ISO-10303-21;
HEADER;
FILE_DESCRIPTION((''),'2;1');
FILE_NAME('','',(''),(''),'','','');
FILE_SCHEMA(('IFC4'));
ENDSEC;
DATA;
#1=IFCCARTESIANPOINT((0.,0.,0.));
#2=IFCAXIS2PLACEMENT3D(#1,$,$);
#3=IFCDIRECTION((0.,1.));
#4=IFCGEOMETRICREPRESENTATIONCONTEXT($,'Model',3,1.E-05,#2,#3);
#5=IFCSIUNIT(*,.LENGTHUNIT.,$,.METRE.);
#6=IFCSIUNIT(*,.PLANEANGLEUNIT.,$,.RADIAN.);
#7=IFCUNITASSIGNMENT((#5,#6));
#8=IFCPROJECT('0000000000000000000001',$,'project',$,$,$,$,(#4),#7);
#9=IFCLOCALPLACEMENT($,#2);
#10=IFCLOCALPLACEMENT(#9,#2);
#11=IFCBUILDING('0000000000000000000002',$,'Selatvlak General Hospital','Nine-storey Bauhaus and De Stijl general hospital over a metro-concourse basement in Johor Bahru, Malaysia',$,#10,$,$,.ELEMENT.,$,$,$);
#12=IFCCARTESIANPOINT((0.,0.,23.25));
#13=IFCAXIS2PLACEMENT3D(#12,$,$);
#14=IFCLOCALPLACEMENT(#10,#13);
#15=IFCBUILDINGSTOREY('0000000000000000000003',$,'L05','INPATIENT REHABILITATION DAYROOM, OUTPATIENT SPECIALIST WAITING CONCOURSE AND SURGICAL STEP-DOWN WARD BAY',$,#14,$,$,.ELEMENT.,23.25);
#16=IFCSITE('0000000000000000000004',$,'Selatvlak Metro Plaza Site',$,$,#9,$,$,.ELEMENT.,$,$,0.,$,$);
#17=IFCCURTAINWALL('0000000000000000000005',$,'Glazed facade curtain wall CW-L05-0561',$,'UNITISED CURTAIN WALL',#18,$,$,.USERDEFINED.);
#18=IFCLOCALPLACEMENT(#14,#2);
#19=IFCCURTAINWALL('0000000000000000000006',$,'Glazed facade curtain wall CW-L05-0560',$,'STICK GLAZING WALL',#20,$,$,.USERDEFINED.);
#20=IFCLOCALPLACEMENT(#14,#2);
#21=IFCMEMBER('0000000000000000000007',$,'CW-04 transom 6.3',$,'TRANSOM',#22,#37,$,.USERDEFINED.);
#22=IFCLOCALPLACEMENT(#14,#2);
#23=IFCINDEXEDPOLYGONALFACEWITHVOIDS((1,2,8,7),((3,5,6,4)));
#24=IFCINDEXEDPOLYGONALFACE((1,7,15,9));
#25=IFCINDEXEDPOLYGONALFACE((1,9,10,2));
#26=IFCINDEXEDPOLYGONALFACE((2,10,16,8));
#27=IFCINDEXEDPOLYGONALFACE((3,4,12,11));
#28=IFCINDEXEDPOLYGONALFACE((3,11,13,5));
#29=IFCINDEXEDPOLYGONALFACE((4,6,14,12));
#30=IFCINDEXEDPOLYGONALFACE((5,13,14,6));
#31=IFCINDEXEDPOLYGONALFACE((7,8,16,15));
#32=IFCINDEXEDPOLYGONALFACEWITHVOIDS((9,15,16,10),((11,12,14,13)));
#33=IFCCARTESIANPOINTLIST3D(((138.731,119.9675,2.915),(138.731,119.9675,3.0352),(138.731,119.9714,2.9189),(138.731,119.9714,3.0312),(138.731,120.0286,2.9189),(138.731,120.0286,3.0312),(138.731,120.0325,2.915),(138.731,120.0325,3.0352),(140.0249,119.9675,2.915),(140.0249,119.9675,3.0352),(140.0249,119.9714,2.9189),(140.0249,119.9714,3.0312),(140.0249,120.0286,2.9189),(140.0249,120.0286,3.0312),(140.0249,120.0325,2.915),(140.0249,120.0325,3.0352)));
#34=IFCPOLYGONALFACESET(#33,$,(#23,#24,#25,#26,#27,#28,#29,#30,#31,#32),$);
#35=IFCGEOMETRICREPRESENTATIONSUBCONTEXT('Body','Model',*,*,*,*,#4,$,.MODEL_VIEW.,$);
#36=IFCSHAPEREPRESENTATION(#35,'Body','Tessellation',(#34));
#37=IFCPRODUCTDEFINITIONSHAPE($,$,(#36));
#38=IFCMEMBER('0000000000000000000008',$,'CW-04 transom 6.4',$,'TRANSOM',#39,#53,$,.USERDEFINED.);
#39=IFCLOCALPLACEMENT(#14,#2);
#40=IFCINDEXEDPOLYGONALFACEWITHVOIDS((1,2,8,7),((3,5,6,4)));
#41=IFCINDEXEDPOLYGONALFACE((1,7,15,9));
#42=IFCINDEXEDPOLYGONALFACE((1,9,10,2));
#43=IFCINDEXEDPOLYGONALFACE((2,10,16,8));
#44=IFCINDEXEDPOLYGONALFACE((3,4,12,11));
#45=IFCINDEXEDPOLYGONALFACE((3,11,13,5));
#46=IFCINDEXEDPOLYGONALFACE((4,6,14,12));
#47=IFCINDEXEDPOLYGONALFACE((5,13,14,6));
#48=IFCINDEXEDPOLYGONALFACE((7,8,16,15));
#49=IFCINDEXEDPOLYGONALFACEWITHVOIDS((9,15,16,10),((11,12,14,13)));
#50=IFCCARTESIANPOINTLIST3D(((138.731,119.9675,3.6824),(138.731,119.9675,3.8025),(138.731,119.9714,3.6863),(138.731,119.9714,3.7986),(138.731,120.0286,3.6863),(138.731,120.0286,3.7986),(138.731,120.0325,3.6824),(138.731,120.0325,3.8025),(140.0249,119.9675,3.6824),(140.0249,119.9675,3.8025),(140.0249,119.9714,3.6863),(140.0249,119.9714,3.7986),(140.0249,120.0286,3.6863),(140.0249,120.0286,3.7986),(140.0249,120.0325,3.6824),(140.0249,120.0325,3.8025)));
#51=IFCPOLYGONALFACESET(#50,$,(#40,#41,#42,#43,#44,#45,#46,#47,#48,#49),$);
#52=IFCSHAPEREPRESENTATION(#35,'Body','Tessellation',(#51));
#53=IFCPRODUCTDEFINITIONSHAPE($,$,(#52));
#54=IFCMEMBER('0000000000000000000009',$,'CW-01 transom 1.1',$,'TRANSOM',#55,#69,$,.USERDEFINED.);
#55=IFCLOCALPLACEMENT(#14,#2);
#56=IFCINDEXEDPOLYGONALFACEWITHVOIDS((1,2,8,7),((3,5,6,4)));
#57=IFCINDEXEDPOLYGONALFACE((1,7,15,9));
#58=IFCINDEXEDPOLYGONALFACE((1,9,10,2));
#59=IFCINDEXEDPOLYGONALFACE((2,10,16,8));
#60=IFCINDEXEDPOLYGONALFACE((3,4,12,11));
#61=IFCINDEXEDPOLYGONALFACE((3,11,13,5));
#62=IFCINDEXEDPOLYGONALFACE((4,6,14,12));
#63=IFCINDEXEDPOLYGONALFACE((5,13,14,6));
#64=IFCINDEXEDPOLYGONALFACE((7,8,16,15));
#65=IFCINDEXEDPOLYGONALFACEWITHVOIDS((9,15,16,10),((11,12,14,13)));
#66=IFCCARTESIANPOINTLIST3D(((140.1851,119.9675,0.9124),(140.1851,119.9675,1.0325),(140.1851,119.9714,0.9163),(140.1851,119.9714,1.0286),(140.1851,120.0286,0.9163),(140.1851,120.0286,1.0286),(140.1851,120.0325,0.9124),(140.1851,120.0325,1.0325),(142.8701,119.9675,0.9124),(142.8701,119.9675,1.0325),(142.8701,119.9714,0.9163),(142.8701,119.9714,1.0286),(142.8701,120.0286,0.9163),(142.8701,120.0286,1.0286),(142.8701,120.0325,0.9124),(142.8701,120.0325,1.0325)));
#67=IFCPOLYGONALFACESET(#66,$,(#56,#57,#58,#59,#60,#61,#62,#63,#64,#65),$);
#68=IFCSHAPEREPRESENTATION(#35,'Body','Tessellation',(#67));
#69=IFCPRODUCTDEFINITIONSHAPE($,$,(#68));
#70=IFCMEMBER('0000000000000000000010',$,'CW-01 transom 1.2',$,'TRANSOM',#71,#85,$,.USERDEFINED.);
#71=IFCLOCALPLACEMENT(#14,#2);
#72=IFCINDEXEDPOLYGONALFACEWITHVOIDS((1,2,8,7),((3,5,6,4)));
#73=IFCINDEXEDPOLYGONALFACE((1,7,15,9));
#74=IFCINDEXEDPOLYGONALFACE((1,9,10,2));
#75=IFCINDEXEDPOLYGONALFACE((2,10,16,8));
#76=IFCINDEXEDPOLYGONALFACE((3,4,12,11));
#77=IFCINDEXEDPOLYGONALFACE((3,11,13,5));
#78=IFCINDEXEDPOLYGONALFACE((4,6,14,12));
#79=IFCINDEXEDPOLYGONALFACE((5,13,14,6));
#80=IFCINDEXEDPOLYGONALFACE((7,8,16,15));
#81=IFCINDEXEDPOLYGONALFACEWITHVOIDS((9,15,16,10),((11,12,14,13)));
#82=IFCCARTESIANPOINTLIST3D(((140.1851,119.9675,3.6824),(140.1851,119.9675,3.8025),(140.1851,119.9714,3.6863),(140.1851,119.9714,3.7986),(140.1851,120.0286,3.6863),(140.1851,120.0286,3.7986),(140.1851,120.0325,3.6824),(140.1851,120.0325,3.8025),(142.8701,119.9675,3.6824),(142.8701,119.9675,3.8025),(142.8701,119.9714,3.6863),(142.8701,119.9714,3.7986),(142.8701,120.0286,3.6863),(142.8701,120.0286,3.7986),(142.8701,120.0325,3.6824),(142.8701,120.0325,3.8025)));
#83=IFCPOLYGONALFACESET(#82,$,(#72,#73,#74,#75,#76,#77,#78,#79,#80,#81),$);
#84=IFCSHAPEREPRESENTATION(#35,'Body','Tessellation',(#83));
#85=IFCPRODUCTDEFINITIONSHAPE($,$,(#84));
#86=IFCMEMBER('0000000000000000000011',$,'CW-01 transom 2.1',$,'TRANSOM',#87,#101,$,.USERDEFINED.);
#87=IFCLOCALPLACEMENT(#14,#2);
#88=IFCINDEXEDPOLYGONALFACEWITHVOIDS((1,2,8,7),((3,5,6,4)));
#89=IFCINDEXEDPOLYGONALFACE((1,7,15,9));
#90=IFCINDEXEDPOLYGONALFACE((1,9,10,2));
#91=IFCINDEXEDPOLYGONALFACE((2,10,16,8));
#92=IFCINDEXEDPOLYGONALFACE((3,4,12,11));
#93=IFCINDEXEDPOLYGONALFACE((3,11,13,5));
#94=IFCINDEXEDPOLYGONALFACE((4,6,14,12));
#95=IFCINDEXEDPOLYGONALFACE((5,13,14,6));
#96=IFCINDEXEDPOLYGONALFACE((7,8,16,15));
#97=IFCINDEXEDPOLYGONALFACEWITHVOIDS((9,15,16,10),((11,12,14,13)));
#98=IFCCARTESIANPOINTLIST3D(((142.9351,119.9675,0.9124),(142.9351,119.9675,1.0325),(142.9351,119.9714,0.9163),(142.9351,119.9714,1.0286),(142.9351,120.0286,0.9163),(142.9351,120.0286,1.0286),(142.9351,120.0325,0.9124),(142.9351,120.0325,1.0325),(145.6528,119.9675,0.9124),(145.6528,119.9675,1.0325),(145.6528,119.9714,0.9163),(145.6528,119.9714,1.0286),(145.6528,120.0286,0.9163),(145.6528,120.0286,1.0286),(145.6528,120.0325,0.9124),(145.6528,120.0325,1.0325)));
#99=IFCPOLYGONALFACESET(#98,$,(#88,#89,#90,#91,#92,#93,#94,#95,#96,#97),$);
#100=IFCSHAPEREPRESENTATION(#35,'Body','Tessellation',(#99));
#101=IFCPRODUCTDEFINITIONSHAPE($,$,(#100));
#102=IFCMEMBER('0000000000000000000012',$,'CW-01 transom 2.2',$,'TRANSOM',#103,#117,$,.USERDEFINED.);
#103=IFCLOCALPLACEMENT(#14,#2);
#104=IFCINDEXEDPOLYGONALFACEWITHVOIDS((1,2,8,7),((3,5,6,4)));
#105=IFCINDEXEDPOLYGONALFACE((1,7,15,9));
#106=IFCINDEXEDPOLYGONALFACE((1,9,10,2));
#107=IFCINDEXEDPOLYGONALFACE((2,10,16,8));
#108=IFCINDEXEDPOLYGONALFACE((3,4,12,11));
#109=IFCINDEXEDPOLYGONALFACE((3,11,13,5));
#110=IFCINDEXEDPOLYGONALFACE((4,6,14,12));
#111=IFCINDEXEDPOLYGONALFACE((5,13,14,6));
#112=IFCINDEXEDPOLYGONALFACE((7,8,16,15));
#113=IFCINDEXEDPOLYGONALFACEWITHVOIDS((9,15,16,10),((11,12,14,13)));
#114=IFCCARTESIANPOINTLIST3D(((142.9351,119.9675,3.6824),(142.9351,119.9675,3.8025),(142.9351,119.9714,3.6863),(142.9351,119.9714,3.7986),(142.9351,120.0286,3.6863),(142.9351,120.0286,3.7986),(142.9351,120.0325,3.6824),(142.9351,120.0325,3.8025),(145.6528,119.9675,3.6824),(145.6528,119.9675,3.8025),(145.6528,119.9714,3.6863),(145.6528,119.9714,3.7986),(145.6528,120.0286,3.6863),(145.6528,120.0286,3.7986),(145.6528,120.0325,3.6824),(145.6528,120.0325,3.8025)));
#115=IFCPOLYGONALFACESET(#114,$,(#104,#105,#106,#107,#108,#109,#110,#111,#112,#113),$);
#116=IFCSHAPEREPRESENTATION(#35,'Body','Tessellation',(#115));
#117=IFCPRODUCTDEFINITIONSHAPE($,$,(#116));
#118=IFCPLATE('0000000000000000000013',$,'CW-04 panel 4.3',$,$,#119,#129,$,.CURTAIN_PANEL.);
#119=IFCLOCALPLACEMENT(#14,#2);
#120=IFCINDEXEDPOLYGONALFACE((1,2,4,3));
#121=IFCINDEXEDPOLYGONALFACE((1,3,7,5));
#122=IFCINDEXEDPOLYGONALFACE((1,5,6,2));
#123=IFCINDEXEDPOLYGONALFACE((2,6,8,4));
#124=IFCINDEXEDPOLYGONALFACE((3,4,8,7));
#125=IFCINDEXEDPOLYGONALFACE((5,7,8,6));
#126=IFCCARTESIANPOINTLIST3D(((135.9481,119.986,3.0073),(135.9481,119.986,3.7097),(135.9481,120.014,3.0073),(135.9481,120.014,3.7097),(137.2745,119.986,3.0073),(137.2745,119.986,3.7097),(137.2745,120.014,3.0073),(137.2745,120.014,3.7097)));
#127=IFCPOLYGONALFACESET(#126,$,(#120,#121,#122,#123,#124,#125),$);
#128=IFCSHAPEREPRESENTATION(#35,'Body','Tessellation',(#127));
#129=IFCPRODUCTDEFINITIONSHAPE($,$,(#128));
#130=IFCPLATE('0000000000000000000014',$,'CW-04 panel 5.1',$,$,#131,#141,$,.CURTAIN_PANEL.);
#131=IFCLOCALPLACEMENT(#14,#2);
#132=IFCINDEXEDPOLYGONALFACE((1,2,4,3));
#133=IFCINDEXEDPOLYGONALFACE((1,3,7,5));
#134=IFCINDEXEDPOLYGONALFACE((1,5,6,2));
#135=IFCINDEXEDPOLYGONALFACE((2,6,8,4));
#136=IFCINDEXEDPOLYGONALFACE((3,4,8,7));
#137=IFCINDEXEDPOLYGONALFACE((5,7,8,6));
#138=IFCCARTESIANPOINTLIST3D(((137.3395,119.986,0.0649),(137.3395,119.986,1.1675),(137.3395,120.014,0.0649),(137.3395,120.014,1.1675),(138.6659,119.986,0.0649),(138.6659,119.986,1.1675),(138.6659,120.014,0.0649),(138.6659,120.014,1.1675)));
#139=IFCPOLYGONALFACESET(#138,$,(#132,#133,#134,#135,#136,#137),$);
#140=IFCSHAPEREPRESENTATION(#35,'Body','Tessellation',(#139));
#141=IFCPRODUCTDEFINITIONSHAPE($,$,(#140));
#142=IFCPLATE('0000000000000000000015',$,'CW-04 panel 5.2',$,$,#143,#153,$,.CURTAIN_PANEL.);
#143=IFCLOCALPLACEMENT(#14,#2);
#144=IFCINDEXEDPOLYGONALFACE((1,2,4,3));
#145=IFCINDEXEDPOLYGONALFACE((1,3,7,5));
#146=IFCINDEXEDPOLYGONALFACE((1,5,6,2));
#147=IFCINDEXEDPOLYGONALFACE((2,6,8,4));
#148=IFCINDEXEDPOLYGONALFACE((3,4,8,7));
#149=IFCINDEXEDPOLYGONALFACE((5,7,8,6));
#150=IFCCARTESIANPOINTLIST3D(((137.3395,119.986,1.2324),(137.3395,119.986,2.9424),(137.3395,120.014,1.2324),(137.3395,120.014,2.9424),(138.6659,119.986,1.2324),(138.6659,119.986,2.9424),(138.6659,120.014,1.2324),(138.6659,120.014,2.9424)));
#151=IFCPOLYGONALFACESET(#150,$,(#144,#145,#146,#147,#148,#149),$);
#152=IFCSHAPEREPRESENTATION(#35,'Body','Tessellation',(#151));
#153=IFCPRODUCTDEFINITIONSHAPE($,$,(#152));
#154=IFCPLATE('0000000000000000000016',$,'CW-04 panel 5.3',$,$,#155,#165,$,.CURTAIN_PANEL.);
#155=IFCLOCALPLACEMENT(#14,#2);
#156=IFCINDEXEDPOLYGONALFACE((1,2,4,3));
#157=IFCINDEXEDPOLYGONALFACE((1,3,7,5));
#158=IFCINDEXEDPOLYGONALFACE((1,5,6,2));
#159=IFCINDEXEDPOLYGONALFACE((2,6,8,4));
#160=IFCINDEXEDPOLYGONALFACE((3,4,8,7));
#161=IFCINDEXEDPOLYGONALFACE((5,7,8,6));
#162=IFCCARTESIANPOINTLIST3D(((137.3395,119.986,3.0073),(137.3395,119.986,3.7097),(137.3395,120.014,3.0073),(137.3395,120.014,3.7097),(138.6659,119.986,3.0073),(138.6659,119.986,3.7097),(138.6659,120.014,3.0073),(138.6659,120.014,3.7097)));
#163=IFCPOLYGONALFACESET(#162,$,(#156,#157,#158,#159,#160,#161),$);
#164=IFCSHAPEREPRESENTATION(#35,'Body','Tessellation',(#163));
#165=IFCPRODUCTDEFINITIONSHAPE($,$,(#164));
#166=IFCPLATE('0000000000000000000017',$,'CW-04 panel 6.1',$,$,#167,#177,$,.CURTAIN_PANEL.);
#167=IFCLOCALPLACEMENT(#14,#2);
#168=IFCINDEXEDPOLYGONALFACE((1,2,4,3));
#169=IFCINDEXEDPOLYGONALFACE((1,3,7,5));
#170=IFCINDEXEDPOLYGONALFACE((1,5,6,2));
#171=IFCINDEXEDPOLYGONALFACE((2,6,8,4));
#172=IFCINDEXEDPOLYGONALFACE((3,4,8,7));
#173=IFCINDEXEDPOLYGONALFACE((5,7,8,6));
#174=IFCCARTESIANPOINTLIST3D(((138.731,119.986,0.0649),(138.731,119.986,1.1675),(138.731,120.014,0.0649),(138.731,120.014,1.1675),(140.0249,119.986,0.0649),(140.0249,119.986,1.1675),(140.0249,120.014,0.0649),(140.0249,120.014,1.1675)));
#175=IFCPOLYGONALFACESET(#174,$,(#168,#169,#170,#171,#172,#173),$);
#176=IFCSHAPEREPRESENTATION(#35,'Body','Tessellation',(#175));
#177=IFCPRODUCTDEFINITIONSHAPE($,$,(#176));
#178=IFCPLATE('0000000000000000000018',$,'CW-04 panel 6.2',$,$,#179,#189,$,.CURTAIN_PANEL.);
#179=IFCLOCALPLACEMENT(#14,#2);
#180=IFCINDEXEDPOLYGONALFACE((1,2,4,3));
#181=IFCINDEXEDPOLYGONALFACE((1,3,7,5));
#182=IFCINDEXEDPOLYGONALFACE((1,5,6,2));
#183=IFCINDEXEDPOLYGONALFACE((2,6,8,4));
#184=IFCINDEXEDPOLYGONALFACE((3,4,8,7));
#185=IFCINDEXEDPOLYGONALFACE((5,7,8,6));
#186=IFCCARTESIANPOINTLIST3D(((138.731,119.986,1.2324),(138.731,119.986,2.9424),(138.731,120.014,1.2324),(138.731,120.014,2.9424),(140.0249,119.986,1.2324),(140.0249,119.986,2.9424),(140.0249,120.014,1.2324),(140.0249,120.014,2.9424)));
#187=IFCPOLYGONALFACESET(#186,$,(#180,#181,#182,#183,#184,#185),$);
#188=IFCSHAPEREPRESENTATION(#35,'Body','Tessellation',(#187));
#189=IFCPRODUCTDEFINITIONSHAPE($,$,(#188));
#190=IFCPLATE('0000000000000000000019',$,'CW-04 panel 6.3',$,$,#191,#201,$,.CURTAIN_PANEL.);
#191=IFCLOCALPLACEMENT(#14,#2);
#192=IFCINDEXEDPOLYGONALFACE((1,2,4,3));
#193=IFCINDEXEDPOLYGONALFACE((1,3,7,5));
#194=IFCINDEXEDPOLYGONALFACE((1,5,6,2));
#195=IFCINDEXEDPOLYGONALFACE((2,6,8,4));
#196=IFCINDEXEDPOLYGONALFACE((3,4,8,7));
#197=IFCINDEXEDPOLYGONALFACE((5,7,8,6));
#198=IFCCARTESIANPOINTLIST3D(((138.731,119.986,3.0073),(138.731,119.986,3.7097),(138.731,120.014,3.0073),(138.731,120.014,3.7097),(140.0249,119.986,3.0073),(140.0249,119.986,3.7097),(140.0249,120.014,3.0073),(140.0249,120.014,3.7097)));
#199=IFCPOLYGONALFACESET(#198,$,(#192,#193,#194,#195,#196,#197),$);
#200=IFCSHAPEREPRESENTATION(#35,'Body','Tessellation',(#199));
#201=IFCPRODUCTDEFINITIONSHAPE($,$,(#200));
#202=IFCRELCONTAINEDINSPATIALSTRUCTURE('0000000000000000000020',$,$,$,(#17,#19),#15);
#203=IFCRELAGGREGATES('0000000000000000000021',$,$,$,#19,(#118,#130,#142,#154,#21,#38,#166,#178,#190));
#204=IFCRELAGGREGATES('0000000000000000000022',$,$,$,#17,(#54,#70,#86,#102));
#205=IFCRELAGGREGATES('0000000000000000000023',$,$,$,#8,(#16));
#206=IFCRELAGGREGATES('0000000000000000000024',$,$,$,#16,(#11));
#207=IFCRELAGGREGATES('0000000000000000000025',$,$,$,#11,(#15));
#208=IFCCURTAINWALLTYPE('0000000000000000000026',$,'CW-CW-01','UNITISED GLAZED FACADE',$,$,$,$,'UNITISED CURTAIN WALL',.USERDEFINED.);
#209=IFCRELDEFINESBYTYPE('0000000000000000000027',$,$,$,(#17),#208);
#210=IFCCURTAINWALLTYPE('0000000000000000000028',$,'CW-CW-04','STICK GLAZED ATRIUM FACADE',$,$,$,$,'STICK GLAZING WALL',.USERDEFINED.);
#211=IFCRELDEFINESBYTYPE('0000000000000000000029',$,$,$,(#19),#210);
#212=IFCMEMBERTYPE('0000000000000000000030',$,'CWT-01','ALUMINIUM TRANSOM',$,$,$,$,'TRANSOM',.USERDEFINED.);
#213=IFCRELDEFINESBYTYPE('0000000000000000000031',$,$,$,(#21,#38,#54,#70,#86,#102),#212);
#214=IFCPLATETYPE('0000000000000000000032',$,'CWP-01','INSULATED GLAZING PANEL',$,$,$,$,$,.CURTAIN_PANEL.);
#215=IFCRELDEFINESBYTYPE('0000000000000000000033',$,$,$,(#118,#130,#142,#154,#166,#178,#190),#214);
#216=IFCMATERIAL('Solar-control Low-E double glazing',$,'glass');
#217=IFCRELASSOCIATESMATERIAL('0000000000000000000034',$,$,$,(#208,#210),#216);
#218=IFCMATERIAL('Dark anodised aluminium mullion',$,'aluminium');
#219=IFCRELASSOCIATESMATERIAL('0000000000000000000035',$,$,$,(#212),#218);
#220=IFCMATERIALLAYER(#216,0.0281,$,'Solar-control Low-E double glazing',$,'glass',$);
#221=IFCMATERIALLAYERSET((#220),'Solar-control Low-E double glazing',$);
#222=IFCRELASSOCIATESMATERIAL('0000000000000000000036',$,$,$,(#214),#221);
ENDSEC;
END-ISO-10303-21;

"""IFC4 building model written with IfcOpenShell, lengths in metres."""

from ifc_helpers import new_model, si_unit, direction, frame, origin, origin_2d, place, context, subcontext, project, spatial, rectangle, hollow_rectangle, extrude, material, layer, layer_set, material_profile, profile_set, type_object, element, aggregate, save


model = new_model("IFC4")

# Units and contexts
model_context = context("Model", 3, precision=1e-05, world=origin(), true_north=direction((0.0, 1.0)))
body_context = subcontext(model_context, "Body", "Model", "MODEL_VIEW")
ifc_project = project(units=[si_unit("LENGTHUNIT", "METRE"), si_unit("PLANEANGLEUNIT", "RADIAN")], contexts=[model_context])

# Site, building, storey
site_placement = place(None, origin())
site = spatial("IfcSite", under=ifc_project, at=site_placement, Name="Selatvlak Metro Plaza Site", CompositionType="ELEMENT", RefElevation=0.0)
building_placement = place(site_placement, origin())
building = spatial("IfcBuilding", under=site, at=building_placement, Name="Selatvlak General Hospital", Description="Nine-storey Bauhaus and De Stijl general hospital over a metro-concourse basement in Johor Bahru, Malaysia", CompositionType="ELEMENT")
storey_placement = place(building_placement, frame((0.0, 0.0, 23.25)))
storey = spatial("IfcBuildingStorey", under=building, at=storey_placement, Name="L05", Description="INPATIENT REHABILITATION DAYROOM, OUTPATIENT SPECIALIST WAITING CONCOURSE AND SURGICAL STEP-DOWN WARD BAY", CompositionType="ELEMENT", Elevation=23.25)

# Curtain walls, members
ifc_material_1 = material(Name="Solar-control Low-E double glazing", Category="glass")
curtain_wall_type_1 = type_object("IfcCurtainWallType", Name="CW-CW-01", Description="UNITISED GLAZED FACADE", ElementType="UNITISED CURTAIN WALL", PredefinedType="USERDEFINED", material=ifc_material_1)
curtain_wall_1_placement = place(storey_placement, origin())
curtain_wall_1 = element("IfcCurtainWall", 1, at=curtain_wall_1_placement, inside=storey, type_object=curtain_wall_type_1, Name="Glazed facade curtain wall CW-L05-0561", ObjectType="UNITISED CURTAIN WALL", PredefinedType="USERDEFINED")
ifc_material_2 = material(Name="Dark anodised aluminium mullion", Category="aluminium")
curtain_wall_type_2 = type_object("IfcCurtainWallType", Name="CW-CW-04", Description="STICK GLAZED ATRIUM FACADE", ElementType="STICK GLAZING WALL", PredefinedType="USERDEFINED", material=ifc_material_1)
curtain_wall_2_placement = place(storey_placement, origin())
curtain_wall_2 = element("IfcCurtainWall", 2, at=curtain_wall_2_placement, inside=storey, type_object=curtain_wall_type_2, Name="Glazed facade curtain wall CW-L05-0560", ObjectType="STICK GLAZING WALL", PredefinedType="USERDEFINED")
ifc_material_profile_1 = material_profile(ifc_material_2, hollow_rectangle(XDim=0.0649, YDim=0.1201, WallThickness=0.0039, at=origin_2d()), Name="AL-TRN 65x120x4")
ifc_profile_set_1 = profile_set([ifc_material_profile_1], Name="Dark anodised aluminium mullion")
member_type_1 = type_object("IfcMemberType", Name="CWT-01", Description="ALUMINIUM TRANSOM", ElementType="TRANSOM", PredefinedType="USERDEFINED", material=ifc_profile_set_1)
member_1_placement = place(storey_placement, frame((138.731, 120.0, 2.9751), z_axis=(1.0, 0.0, 0.0), x_axis=(0.0, 1.0, 0.0)))
member_1 = element("IfcMember", 3, at=member_1_placement, type_object=member_type_1, Name="CW-04 transom 6.3", ObjectType="TRANSOM", PredefinedType="USERDEFINED", context=body_context, shape_type="SweptSolid", body=[
    extrude(hollow_rectangle(XDim=0.0649, YDim=0.1201, WallThickness=0.0039, at=origin_2d()), origin(), (0.0, 0.0, 1.0), 1.2939),
])
member_2_placement = place(storey_placement, frame((138.731, 120.0, 3.7424), z_axis=(1.0, 0.0, 0.0), x_axis=(0.0, 1.0, 0.0)))
member_2 = element("IfcMember", 4, at=member_2_placement, type_object=member_type_1, Name="CW-04 transom 6.4", ObjectType="TRANSOM", PredefinedType="USERDEFINED", context=body_context, shape_type="SweptSolid", body=[
    extrude(hollow_rectangle(XDim=0.0649, YDim=0.1201, WallThickness=0.0039, at=origin_2d()), origin(), (0.0, 0.0, 1.0), 1.2939),
])

# Members
member_3_placement = place(storey_placement, frame((140.1851, 120.0, 0.9724), z_axis=(1.0, 0.0, 0.0), x_axis=(0.0, 1.0, 0.0)))
member_3 = element("IfcMember", 5, at=member_3_placement, type_object=member_type_1, Name="CW-01 transom 1.1", ObjectType="TRANSOM", PredefinedType="USERDEFINED", context=body_context, shape_type="SweptSolid", body=[
    extrude(hollow_rectangle(XDim=0.0649, YDim=0.1201, WallThickness=0.0039, at=origin_2d()), origin(), (0.0, 0.0, 1.0), 2.6851),
])
member_4_placement = place(storey_placement, frame((140.1851, 120.0, 3.7424), z_axis=(1.0, 0.0, 0.0), x_axis=(0.0, 1.0, 0.0)))
member_4 = element("IfcMember", 6, at=member_4_placement, type_object=member_type_1, Name="CW-01 transom 1.2", ObjectType="TRANSOM", PredefinedType="USERDEFINED", context=body_context, shape_type="SweptSolid", body=[
    extrude(hollow_rectangle(XDim=0.0649, YDim=0.1201, WallThickness=0.0039, at=origin_2d()), origin(), (0.0, 0.0, 1.0), 2.6851),
])
member_5_placement = place(storey_placement, frame((142.9351, 120.0, 0.9724), z_axis=(1.0, 0.0, 0.0), x_axis=(0.0, 1.0, 0.0)))
member_5 = element("IfcMember", 7, at=member_5_placement, type_object=member_type_1, Name="CW-01 transom 2.1", ObjectType="TRANSOM", PredefinedType="USERDEFINED", context=body_context, shape_type="SweptSolid", body=[
    extrude(hollow_rectangle(XDim=0.0649, YDim=0.1201, WallThickness=0.0039, at=origin_2d()), origin(), (0.0, 0.0, 1.0), 2.7178),
])
member_6_placement = place(storey_placement, frame((142.9351, 120.0, 3.7424), z_axis=(1.0, 0.0, 0.0), x_axis=(0.0, 1.0, 0.0)))
member_6 = element("IfcMember", 8, at=member_6_placement, type_object=member_type_1, Name="CW-01 transom 2.2", ObjectType="TRANSOM", PredefinedType="USERDEFINED", context=body_context, shape_type="SweptSolid", body=[
    extrude(hollow_rectangle(XDim=0.0649, YDim=0.1201, WallThickness=0.0039, at=origin_2d()), origin(), (0.0, 0.0, 1.0), 2.7178),
])

# Plates
ifc_layer_1 = layer(ifc_material_1, 0.0281, Name="Solar-control Low-E double glazing", Category="glass")
ifc_layer_set_1 = layer_set([ifc_layer_1], Name="Solar-control Low-E double glazing")
plate_type = type_object("IfcPlateType", Name="CWP-01", Description="INSULATED GLAZING PANEL", PredefinedType="CURTAIN_PANEL", material=ifc_layer_set_1)
plate_1_placement = place(storey_placement, frame((136.6113, 120.0, 3.0073), z_axis=(0.0, 0.0, 1.0), x_axis=(1.0, 0.0, 0.0)))
plate_1 = element("IfcPlate", 9, at=plate_1_placement, type_object=plate_type, Name="CW-04 panel 4.3", PredefinedType="CURTAIN_PANEL", context=body_context, shape_type="SweptSolid", body=[
    extrude(rectangle(XDim=1.3264, YDim=0.0281, at=origin_2d()), origin(), (0.0, 0.0, 1.0), 0.7024),
])
plate_2_placement = place(storey_placement, frame((138.0027, 120.0, 0.0649), z_axis=(0.0, 0.0, 1.0), x_axis=(1.0, 0.0, 0.0)))
plate_2 = element("IfcPlate", 10, at=plate_2_placement, type_object=plate_type, Name="CW-04 panel 5.1", PredefinedType="CURTAIN_PANEL", context=body_context, shape_type="SweptSolid", body=[
    extrude(rectangle(XDim=1.3264, YDim=0.0281, at=origin_2d()), origin(), (0.0, 0.0, 1.0), 1.1025),
])
plate_3_placement = place(storey_placement, frame((138.0027, 120.0, 1.2324), z_axis=(0.0, 0.0, 1.0), x_axis=(1.0, 0.0, 0.0)))
plate_3 = element("IfcPlate", 11, at=plate_3_placement, type_object=plate_type, Name="CW-04 panel 5.2", PredefinedType="CURTAIN_PANEL", context=body_context, shape_type="SweptSolid", body=[
    extrude(rectangle(XDim=1.3264, YDim=0.0281, at=origin_2d()), origin(), (0.0, 0.0, 1.0), 1.71),
])
plate_4_placement = place(storey_placement, frame((138.0027, 120.0, 3.0073), z_axis=(0.0, 0.0, 1.0), x_axis=(1.0, 0.0, 0.0)))
plate_4 = element("IfcPlate", 12, at=plate_4_placement, type_object=plate_type, Name="CW-04 panel 5.3", PredefinedType="CURTAIN_PANEL", context=body_context, shape_type="SweptSolid", body=[
    extrude(rectangle(XDim=1.3264, YDim=0.0281, at=origin_2d()), origin(), (0.0, 0.0, 1.0), 0.7024),
])
plate_5_placement = place(storey_placement, frame((139.3779, 120.0, 0.0649), z_axis=(0.0, 0.0, 1.0), x_axis=(1.0, 0.0, 0.0)))
plate_5 = element("IfcPlate", 13, at=plate_5_placement, type_object=plate_type, Name="CW-04 panel 6.1", PredefinedType="CURTAIN_PANEL", context=body_context, shape_type="SweptSolid", body=[
    extrude(rectangle(XDim=1.2939, YDim=0.0281, at=origin_2d()), origin(), (0.0, 0.0, 1.0), 1.1025),
])
plate_6_placement = place(storey_placement, frame((139.3779, 120.0, 1.2324), z_axis=(0.0, 0.0, 1.0), x_axis=(1.0, 0.0, 0.0)))
plate_6 = element("IfcPlate", 14, at=plate_6_placement, type_object=plate_type, Name="CW-04 panel 6.2", PredefinedType="CURTAIN_PANEL", context=body_context, shape_type="SweptSolid", body=[
    extrude(rectangle(XDim=1.2939, YDim=0.0281, at=origin_2d()), origin(), (0.0, 0.0, 1.0), 1.71),
])
plate_7_placement = place(storey_placement, frame((139.3779, 120.0, 3.0073), z_axis=(0.0, 0.0, 1.0), x_axis=(1.0, 0.0, 0.0)))
plate_7 = element("IfcPlate", 15, at=plate_7_placement, type_object=plate_type, Name="CW-04 panel 6.3", PredefinedType="CURTAIN_PANEL", context=body_context, shape_type="SweptSolid", body=[
    extrude(rectangle(XDim=1.2939, YDim=0.0281, at=origin_2d()), origin(), (0.0, 0.0, 1.0), 0.7024),
])
aggregate(curtain_wall_2, [plate_1, plate_2, plate_3, plate_4, member_1, member_2, plate_5, plate_6, plate_7])
aggregate(curtain_wall_1, [member_3, member_4, member_5, member_6])

save(model, "model.ifc")
